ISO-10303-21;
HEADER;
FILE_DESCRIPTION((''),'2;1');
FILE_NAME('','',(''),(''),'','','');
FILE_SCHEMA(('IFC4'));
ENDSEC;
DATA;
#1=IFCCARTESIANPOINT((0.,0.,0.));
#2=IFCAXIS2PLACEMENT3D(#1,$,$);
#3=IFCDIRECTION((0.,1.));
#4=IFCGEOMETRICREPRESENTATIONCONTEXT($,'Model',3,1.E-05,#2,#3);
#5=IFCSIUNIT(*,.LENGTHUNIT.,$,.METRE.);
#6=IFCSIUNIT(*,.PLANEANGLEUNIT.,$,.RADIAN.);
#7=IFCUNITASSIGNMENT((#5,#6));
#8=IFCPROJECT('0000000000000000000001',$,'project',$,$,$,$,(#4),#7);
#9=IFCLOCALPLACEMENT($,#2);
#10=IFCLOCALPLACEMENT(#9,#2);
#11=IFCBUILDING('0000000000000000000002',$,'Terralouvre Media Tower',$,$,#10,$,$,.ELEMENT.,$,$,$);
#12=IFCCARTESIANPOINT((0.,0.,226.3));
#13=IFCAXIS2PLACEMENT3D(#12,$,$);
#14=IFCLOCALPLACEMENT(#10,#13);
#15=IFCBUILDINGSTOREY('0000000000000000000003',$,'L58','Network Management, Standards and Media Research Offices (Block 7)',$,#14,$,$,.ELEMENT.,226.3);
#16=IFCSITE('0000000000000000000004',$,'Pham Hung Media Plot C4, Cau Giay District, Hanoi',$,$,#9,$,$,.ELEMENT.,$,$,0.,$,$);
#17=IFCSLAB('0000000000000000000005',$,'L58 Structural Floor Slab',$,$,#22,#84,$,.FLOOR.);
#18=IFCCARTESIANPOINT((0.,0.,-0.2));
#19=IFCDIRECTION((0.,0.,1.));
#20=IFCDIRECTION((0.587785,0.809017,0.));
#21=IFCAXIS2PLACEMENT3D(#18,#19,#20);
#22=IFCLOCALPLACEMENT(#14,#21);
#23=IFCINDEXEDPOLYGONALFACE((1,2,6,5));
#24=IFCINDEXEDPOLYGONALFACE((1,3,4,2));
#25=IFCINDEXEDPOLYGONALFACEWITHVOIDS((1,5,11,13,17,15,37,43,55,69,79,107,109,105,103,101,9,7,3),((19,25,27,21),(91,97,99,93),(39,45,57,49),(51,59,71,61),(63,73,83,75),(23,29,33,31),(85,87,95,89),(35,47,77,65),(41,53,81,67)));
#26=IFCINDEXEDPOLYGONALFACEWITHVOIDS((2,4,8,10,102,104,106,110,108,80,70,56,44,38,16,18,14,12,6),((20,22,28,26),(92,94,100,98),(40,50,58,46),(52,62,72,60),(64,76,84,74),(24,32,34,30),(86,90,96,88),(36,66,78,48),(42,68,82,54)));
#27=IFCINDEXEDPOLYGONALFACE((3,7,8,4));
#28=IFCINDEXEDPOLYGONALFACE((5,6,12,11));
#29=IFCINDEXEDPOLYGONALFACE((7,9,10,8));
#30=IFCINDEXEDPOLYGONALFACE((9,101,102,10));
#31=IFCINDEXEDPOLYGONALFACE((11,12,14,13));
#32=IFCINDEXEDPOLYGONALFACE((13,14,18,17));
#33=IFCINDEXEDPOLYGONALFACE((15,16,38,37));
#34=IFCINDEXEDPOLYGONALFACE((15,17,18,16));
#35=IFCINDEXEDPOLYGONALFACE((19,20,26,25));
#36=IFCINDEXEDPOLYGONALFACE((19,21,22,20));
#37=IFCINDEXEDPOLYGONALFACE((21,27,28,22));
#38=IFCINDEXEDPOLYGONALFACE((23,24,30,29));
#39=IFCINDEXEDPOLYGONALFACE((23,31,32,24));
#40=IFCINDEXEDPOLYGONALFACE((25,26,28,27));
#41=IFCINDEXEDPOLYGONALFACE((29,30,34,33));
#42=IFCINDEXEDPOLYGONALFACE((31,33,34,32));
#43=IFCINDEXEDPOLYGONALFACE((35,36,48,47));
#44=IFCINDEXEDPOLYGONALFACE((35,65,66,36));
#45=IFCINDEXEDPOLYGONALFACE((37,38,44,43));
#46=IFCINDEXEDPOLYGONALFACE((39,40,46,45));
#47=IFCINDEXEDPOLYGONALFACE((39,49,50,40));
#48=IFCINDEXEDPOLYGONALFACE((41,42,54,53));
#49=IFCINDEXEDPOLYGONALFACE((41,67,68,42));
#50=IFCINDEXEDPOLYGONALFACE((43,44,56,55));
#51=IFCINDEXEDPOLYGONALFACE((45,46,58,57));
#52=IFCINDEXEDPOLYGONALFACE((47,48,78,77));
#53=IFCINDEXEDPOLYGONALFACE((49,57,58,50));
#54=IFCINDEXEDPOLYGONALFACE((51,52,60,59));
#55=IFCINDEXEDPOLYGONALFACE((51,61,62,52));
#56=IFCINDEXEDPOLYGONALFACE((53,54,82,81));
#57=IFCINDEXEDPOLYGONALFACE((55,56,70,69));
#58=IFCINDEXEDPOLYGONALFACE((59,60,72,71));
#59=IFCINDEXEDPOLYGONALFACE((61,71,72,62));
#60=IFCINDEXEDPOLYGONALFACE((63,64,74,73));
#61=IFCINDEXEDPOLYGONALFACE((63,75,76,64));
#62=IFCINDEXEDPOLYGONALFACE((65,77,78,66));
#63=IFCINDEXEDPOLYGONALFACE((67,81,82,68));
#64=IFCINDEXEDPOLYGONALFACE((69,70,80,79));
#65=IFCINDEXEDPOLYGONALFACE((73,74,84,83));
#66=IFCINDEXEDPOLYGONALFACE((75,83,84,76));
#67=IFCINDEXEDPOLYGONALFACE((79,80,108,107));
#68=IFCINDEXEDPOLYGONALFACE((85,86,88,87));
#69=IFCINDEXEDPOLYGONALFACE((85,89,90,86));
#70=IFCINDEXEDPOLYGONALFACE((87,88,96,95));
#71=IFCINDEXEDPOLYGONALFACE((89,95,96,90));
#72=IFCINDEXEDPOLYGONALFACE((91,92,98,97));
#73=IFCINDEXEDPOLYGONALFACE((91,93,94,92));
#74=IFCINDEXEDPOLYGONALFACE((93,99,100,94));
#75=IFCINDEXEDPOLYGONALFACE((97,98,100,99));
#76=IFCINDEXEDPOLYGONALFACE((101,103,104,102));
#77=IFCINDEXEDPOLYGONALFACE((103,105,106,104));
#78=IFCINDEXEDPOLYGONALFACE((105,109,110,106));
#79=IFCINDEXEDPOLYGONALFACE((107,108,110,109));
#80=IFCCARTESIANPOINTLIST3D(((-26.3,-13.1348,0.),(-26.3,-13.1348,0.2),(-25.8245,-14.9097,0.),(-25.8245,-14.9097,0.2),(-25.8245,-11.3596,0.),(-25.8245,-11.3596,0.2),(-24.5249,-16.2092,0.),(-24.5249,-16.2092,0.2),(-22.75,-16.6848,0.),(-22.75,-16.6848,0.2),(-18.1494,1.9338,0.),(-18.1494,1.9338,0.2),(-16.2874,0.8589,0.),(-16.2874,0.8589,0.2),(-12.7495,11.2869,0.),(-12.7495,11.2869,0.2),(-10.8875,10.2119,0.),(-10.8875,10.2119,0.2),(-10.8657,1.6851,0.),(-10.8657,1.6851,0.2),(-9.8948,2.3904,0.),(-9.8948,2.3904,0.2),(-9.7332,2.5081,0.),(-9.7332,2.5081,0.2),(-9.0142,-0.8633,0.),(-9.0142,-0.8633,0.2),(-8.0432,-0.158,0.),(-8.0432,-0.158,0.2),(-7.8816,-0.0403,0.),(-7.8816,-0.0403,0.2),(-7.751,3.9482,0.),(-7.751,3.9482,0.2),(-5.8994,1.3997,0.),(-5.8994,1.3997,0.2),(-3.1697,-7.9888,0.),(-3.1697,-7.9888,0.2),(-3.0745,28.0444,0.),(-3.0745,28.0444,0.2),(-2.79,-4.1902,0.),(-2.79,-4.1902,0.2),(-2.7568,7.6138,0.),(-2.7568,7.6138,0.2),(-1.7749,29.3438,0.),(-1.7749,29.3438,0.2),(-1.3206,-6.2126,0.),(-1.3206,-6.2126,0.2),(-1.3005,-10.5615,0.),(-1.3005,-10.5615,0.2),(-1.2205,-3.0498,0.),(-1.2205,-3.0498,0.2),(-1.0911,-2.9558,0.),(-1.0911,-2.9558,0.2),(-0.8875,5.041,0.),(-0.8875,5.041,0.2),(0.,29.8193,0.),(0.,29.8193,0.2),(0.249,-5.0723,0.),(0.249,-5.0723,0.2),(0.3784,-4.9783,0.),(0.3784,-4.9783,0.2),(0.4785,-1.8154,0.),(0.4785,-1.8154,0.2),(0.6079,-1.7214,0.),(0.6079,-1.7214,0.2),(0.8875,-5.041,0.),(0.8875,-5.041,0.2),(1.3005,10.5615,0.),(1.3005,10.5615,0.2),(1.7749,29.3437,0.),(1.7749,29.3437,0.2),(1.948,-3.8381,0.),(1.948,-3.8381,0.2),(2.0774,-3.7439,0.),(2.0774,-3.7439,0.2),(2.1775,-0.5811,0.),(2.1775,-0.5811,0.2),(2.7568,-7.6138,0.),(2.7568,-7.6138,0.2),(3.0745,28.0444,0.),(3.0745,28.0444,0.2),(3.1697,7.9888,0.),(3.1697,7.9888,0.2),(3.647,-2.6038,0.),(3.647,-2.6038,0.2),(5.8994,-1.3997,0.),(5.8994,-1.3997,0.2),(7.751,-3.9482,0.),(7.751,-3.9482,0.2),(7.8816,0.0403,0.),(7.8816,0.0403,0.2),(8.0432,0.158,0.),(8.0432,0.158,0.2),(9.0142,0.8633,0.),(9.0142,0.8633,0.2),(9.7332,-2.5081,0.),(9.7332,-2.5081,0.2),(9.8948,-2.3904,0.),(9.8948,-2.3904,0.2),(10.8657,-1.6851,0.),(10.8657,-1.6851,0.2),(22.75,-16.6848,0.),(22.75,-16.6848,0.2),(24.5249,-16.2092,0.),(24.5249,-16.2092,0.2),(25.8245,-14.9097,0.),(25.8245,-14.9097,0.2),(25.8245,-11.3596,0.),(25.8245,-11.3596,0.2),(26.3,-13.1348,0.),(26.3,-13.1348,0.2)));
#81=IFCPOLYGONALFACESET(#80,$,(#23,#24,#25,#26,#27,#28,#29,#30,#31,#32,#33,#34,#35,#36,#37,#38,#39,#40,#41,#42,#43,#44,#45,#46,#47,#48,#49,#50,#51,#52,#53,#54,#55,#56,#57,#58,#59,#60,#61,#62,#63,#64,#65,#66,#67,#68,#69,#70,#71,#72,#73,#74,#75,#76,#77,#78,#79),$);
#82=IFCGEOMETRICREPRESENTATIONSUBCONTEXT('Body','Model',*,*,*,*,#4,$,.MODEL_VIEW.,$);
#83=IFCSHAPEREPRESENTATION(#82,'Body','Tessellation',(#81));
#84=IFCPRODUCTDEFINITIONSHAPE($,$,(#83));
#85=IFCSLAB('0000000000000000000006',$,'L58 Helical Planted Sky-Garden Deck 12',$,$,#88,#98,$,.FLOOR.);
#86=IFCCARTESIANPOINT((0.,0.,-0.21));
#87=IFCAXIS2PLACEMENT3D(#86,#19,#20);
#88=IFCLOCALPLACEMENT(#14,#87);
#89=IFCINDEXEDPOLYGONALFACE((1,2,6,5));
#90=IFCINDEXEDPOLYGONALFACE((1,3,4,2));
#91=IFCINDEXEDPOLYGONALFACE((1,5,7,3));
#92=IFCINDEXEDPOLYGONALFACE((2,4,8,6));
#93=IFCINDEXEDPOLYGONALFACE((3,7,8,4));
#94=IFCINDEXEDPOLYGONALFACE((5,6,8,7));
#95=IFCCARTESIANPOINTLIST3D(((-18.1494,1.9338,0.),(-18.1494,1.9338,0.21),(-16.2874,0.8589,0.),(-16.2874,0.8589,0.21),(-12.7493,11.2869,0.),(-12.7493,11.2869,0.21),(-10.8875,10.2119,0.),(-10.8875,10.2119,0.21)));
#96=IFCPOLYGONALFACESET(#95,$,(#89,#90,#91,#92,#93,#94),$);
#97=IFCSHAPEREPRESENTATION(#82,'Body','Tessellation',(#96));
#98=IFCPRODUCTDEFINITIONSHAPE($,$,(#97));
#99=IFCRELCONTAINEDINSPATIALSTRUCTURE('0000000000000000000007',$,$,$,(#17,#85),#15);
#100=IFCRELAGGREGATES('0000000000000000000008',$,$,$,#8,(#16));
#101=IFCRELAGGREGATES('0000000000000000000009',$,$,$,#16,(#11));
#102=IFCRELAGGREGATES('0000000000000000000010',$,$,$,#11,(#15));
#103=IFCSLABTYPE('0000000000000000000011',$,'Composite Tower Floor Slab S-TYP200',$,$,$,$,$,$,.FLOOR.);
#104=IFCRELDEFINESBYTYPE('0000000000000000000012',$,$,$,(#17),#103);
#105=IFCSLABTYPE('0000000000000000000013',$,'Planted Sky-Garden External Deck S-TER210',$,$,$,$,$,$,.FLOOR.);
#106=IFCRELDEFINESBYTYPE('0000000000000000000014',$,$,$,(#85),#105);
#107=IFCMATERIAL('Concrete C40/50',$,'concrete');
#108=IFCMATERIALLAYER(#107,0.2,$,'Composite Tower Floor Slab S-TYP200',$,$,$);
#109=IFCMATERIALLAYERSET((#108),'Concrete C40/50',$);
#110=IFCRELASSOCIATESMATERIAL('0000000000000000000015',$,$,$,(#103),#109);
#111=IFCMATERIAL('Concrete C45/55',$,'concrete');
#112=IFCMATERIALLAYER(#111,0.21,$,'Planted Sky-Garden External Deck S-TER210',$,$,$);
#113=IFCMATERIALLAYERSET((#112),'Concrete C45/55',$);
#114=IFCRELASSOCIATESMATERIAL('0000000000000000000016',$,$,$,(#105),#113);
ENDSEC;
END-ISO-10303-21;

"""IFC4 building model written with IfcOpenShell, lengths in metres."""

from ifc_helpers import new_model, si_unit, direction, frame, origin, place, context, subcontext, project, spatial, polyline, outline, extrude, material, layer, layer_set, type_object, element, save


model = new_model("IFC4")

# Units and contexts
model_context = context("Model", 3, precision=1e-05, world=origin(), true_north=direction((0.0, 1.0)))
body_context = subcontext(model_context, "Body", "Model", "MODEL_VIEW")
ifc_project = project(units=[si_unit("LENGTHUNIT", "METRE"), si_unit("PLANEANGLEUNIT", "RADIAN")], contexts=[model_context])

# Site, building, storey
site_placement = place(None, origin())
site = spatial("IfcSite", under=ifc_project, at=site_placement, Name="Pham Hung Media Plot C4, Cau Giay District, Hanoi", CompositionType="ELEMENT", RefElevation=0.0)
building_placement = place(site_placement, origin())
building = spatial("IfcBuilding", under=site, at=building_placement, Name="Terralouvre Media Tower", CompositionType="ELEMENT")
storey_placement = place(building_placement, frame((0.0, 0.0, 226.3)))
storey = spatial("IfcBuildingStorey", under=building, at=storey_placement, Name="L58", Description="Network Management, Standards and Media Research Offices (Block 7)", CompositionType="ELEMENT", Elevation=226.3)

# Slabs
ifc_material_1 = material(Name="Concrete C40/50", Category="concrete")
ifc_layer_1 = layer(ifc_material_1, 0.2, Name="Composite Tower Floor Slab S-TYP200")
ifc_layer_set_1 = layer_set([ifc_layer_1], Name="Concrete C40/50")
slab_type_1 = type_object("IfcSlabType", Name="Composite Tower Floor Slab S-TYP200", PredefinedType="FLOOR", material=ifc_layer_set_1)
slab_1_placement = place(storey_placement, frame((0.0, 0.0, -0.2), z_axis=(0.0, 0.0, 1.0), x_axis=(0.587785, 0.809017, 0.0)))
element("IfcSlab", 1, at=slab_1_placement, inside=storey, type_object=slab_type_1, Name="L58 Structural Floor Slab", PredefinedType="FLOOR", context=body_context, shape_type="SweptSolid", body=[
    extrude(outline(polyline([(-3.0745, 28.0444), (-12.7495, 11.2869), (-10.8875, 10.2119), (-16.2874, 0.8589), (-18.1494, 1.9338), (-25.8245, -11.3596), (-26.3, -13.1348), (-25.8245, -14.9097), (-24.5249, -16.2092), (-22.75, -16.6848), (22.75, -16.6848), (24.5249, -16.2092), (25.8245, -14.9097), (26.3, -13.1348), (25.8245, -11.3596), (3.0745, 28.0444), (1.7749, 29.3438), (0.0, 29.8193), (-1.7749, 29.3438), (-3.0745, 28.0444)]), holes=[polyline([(-8.0432, -0.158), (-9.0142, -0.8633), (-10.8657, 1.6851), (-9.8948, 2.3904), (-8.0432, -0.158)]), polyline([(-5.8994, 1.3997), (-7.8816, -0.0403), (-9.7332, 2.5081), (-7.751, 3.9482), (-5.8994, 1.3997)]), polyline([(-3.1697, -7.9888), (0.8875, -5.041), (2.7568, -7.6138), (-1.3005, -10.5615), (-3.1697, -7.9888)]), polyline([(0.249, -5.0723), (-1.3206, -6.2126), (-2.79, -4.1902), (-1.2205, -3.0498), (0.249, -5.0723)]), polyline([(1.948, -3.8381), (0.3784, -4.9783), (-1.0911, -2.9558), (0.4785, -1.8154), (1.948, -3.8381)]), polyline([(3.647, -2.6038), (2.0774, -3.7439), (0.6079, -1.7214), (2.1775, -0.5811), (3.647, -2.6038)]), polyline([(3.1697, 7.9888), (-0.8875, 5.041), (-2.7568, 7.6138), (1.3005, 10.5615), (3.1697, 7.9888)]), polyline([(7.751, -3.9482), (5.8994, -1.3997), (7.8816, 0.0403), (9.7332, -2.5081), (7.751, -3.9482)]), polyline([(9.8948, -2.3904), (8.0432, 0.158), (9.0142, 0.8633), (10.8657, -1.6851), (9.8948, -2.3904)])]), origin(), (0.0, 0.0, 1.0), 0.2),
])
ifc_material_2 = material(Name="Concrete C45/55", Category="concrete")
ifc_layer_2 = layer(ifc_material_2, 0.21, Name="Planted Sky-Garden External Deck S-TER210")
ifc_layer_set_2 = layer_set([ifc_layer_2], Name="Concrete C45/55")
slab_type_2 = type_object("IfcSlabType", Name="Planted Sky-Garden External Deck S-TER210", PredefinedType="FLOOR", material=ifc_layer_set_2)
slab_2_placement = place(storey_placement, frame((0.0, 0.0, -0.21), z_axis=(0.0, 0.0, 1.0), x_axis=(0.587785, 0.809017, 0.0)))
element("IfcSlab", 2, at=slab_2_placement, inside=storey, type_object=slab_type_2, Name="L58 Helical Planted Sky-Garden Deck 12", PredefinedType="FLOOR", context=body_context, shape_type="SweptSolid", body=[
    extrude(outline(polyline([(-12.7493, 11.2869), (-18.1494, 1.9338), (-16.2874, 0.8589), (-10.8875, 10.2119), (-12.7493, 11.2869)])), origin(), (0.0, 0.0, 1.0), 0.21),
])

save(model, "model.ifc")
